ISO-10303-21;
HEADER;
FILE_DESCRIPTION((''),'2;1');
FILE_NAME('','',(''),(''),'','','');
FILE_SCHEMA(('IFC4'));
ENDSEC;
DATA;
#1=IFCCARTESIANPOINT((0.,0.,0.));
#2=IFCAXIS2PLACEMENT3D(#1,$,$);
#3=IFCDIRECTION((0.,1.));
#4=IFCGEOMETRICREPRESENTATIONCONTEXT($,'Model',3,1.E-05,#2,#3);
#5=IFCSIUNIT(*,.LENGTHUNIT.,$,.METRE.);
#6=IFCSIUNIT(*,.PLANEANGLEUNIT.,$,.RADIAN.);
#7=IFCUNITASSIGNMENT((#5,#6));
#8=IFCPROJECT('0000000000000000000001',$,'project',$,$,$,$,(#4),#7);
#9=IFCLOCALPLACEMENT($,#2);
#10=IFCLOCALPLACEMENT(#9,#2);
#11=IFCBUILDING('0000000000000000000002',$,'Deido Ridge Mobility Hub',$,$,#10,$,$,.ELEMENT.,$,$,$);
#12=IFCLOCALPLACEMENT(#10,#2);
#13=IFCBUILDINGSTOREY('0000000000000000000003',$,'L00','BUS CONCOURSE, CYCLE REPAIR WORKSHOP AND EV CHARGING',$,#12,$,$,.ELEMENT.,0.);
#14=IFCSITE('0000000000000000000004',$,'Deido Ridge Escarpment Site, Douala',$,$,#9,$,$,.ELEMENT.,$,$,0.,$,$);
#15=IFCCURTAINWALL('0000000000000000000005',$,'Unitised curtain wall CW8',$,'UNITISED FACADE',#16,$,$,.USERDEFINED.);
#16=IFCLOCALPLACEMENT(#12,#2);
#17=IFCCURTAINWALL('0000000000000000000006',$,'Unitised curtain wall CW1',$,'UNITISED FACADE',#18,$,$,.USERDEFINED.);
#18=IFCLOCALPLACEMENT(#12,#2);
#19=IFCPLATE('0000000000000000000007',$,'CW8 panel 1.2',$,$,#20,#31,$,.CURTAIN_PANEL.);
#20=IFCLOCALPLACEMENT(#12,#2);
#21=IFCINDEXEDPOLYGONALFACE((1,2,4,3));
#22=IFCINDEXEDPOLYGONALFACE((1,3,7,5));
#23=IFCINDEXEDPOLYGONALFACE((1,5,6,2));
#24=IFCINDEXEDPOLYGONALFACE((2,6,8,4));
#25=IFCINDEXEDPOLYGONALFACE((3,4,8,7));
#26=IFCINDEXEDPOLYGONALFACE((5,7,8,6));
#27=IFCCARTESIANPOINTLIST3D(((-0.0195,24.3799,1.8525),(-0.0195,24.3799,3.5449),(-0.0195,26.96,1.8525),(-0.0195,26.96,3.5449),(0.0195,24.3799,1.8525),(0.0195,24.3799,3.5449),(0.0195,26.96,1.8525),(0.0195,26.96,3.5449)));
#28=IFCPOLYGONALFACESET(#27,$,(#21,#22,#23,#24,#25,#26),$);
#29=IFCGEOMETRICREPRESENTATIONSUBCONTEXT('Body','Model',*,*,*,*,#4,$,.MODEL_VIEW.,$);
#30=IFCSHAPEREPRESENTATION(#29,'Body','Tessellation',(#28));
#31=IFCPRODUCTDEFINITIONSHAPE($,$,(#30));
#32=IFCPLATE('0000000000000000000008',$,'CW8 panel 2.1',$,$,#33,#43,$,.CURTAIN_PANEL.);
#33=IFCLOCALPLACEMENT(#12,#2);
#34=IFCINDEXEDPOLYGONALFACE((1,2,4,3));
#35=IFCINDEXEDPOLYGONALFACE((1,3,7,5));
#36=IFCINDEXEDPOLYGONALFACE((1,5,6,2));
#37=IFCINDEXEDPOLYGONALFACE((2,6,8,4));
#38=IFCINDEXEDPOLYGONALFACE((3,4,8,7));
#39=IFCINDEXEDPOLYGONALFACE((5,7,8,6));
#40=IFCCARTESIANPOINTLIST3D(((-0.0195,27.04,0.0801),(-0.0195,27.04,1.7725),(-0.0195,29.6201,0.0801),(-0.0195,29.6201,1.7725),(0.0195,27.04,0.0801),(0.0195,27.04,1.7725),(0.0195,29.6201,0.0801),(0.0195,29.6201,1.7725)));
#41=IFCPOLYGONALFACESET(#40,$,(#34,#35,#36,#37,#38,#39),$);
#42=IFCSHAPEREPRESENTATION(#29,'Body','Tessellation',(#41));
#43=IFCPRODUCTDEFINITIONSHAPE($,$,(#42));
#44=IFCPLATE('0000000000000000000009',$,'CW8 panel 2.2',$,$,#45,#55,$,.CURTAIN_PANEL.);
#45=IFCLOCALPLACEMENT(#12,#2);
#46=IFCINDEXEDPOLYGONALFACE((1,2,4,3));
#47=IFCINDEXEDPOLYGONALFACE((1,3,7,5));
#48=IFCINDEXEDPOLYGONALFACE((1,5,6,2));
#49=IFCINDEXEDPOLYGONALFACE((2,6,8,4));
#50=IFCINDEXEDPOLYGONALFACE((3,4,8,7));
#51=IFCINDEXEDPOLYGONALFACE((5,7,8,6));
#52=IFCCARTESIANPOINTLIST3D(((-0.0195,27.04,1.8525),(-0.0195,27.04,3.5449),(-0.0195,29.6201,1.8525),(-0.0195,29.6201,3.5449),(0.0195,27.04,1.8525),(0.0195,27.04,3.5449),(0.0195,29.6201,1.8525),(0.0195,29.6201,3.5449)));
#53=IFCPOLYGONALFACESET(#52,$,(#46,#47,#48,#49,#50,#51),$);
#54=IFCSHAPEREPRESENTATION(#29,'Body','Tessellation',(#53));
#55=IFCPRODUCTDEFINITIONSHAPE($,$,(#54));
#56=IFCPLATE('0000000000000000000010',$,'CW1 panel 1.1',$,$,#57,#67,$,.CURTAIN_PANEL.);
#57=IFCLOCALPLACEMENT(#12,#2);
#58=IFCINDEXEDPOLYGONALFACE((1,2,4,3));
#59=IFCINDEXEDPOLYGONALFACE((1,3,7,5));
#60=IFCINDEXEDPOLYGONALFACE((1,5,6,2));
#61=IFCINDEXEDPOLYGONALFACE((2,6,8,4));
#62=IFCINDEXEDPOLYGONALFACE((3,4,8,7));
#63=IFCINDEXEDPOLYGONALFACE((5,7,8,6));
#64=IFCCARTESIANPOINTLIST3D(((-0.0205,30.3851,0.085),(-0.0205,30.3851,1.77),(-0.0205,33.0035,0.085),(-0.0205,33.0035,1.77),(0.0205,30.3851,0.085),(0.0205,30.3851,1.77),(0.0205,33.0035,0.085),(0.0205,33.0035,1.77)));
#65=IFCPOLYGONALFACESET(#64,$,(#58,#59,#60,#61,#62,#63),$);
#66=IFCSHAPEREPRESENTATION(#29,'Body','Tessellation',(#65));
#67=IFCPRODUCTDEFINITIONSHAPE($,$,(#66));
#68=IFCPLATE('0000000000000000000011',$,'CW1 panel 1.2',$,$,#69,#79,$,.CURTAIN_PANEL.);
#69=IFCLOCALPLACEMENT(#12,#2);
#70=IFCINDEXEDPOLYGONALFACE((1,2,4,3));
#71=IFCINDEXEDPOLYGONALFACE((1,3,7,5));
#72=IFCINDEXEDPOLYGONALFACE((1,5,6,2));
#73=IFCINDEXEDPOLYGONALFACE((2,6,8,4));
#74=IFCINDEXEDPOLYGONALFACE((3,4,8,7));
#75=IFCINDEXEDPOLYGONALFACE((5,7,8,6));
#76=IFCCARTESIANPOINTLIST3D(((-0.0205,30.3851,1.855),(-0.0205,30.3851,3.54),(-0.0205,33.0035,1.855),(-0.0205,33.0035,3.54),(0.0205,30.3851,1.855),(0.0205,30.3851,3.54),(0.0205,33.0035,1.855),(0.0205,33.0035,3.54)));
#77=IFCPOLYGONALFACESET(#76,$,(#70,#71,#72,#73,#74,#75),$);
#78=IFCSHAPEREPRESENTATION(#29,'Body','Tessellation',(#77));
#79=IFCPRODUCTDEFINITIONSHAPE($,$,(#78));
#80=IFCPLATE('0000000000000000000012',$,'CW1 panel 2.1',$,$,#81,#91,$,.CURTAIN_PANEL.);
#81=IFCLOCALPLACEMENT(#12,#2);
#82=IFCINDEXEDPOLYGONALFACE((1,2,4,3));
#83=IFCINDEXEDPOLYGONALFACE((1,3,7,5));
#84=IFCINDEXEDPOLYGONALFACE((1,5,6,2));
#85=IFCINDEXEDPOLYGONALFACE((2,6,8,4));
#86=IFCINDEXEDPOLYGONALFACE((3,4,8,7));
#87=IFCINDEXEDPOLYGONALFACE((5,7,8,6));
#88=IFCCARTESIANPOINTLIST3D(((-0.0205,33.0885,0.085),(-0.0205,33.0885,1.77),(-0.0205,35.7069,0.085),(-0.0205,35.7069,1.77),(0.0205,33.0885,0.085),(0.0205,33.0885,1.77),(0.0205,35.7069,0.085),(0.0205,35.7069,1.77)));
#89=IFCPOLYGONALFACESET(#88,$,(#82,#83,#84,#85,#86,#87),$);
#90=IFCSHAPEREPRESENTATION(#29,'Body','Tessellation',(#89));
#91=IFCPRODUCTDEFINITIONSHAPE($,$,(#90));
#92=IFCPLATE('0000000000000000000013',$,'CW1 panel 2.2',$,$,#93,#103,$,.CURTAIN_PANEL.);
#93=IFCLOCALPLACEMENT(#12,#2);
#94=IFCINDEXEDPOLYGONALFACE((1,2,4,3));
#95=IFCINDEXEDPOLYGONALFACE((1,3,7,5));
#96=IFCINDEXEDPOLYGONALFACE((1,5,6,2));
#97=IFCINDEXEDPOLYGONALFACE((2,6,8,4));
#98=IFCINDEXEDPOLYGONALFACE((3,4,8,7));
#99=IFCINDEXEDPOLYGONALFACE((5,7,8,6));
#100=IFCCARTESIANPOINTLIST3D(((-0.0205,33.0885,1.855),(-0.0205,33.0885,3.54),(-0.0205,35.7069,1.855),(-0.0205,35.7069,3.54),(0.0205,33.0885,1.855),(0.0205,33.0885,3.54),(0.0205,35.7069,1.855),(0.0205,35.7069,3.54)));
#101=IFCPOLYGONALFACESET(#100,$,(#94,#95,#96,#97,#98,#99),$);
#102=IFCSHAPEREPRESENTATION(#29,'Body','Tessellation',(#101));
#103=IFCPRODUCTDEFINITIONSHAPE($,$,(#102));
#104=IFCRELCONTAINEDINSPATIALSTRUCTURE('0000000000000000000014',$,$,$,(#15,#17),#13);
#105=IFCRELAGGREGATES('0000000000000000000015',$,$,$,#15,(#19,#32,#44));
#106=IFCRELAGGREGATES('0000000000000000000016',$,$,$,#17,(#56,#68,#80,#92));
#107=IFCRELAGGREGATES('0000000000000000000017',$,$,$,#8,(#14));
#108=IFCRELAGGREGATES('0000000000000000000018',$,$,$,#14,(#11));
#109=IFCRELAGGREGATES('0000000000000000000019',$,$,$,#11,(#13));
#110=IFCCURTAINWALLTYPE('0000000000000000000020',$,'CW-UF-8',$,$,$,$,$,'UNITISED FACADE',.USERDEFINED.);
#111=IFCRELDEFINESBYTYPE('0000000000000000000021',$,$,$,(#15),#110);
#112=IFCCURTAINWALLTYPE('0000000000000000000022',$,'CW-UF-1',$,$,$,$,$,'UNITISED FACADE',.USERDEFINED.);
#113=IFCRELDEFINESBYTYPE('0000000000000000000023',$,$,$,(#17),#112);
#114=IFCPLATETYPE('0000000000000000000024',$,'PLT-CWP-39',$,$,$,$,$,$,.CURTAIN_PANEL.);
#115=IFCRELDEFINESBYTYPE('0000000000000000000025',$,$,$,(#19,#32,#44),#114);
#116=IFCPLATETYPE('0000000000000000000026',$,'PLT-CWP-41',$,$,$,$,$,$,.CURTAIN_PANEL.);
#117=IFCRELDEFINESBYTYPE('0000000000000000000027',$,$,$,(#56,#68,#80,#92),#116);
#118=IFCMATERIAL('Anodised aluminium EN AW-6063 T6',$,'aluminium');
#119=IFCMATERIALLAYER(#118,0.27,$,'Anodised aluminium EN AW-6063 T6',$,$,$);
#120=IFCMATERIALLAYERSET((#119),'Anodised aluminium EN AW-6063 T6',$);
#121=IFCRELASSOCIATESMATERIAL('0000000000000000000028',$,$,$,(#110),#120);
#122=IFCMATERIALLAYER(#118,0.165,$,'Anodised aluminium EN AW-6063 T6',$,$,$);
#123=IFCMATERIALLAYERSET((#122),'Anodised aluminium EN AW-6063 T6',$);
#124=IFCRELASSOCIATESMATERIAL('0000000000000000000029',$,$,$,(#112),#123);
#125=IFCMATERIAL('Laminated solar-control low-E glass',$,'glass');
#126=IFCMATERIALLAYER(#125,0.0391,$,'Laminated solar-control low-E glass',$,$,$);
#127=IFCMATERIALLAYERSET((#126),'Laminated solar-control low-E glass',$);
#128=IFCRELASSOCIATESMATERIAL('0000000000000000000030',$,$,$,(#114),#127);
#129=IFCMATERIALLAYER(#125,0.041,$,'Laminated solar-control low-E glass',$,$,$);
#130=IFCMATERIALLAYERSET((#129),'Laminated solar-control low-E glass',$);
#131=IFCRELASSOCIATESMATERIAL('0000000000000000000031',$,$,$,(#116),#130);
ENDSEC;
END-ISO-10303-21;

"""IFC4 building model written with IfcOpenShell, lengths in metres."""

from ifc_helpers import new_model, si_unit, direction, frame, origin, origin_2d, place, context, subcontext, project, spatial, rectangle, extrude, material, layer, layer_set, type_object, element, aggregate, save


model = new_model("IFC4")

# Units and contexts
model_context = context("Model", 3, precision=1e-05, world=origin(), true_north=direction((0.0, 1.0)))
body_context = subcontext(model_context, "Body", "Model", "MODEL_VIEW")
ifc_project = project(units=[si_unit("LENGTHUNIT", "METRE"), si_unit("PLANEANGLEUNIT", "RADIAN")], contexts=[model_context])

# Site, building, storey
site_placement = place(None, origin())
site = spatial("IfcSite", under=ifc_project, at=site_placement, Name="Deido Ridge Escarpment Site, Douala", CompositionType="ELEMENT", RefElevation=0.0)
building_placement = place(site_placement, origin())
building = spatial("IfcBuilding", under=site, at=building_placement, Name="Deido Ridge Mobility Hub", CompositionType="ELEMENT")
storey_placement = place(building_placement, origin())
storey = spatial("IfcBuildingStorey", under=building, at=storey_placement, Name="L00", Description="BUS CONCOURSE, CYCLE REPAIR WORKSHOP AND EV CHARGING", CompositionType="ELEMENT", Elevation=0.0)

# Curtain walls
ifc_material_1 = material(Name="Anodised aluminium EN AW-6063 T6", Category="aluminium")
ifc_layer_1 = layer(ifc_material_1, 0.27, Name="Anodised aluminium EN AW-6063 T6")
ifc_layer_set_1 = layer_set([ifc_layer_1], Name="Anodised aluminium EN AW-6063 T6")
curtain_wall_type_1 = type_object("IfcCurtainWallType", Name="CW-UF-8", ElementType="UNITISED FACADE", PredefinedType="USERDEFINED", material=ifc_layer_set_1)
curtain_wall_1_placement = place(storey_placement, origin())
curtain_wall_1 = element("IfcCurtainWall", 1, at=curtain_wall_1_placement, inside=storey, type_object=curtain_wall_type_1, Name="Unitised curtain wall CW8", ObjectType="UNITISED FACADE", PredefinedType="USERDEFINED")
ifc_layer_2 = layer(ifc_material_1, 0.165, Name="Anodised aluminium EN AW-6063 T6")
ifc_layer_set_2 = layer_set([ifc_layer_2], Name="Anodised aluminium EN AW-6063 T6")
curtain_wall_type_2 = type_object("IfcCurtainWallType", Name="CW-UF-1", ElementType="UNITISED FACADE", PredefinedType="USERDEFINED", material=ifc_layer_set_2)
curtain_wall_2_placement = place(storey_placement, origin())
curtain_wall_2 = element("IfcCurtainWall", 2, at=curtain_wall_2_placement, inside=storey, type_object=curtain_wall_type_2, Name="Unitised curtain wall CW1", ObjectType="UNITISED FACADE", PredefinedType="USERDEFINED")

# Plates
ifc_material_2 = material(Name="Laminated solar-control low-E glass", Category="glass")
ifc_layer_3 = layer(ifc_material_2, 0.0391, Name="Laminated solar-control low-E glass")
ifc_layer_set_3 = layer_set([ifc_layer_3], Name="Laminated solar-control low-E glass")
plate_type_1 = type_object("IfcPlateType", Name="PLT-CWP-39", PredefinedType="CURTAIN_PANEL", material=ifc_layer_set_3)
plate_1_placement = place(storey_placement, frame((0.0, 25.6699, 1.8525), z_axis=(0.0, 0.0, 1.0), x_axis=(0.0, 1.0, 0.0)))
plate_1 = element("IfcPlate", 3, at=plate_1_placement, type_object=plate_type_1, Name="CW8 panel 1.2", PredefinedType="CURTAIN_PANEL", context=body_context, shape_type="SweptSolid", body=[
    extrude(rectangle(XDim=2.5801, YDim=0.0391, at=origin_2d()), origin(), (0.0, 0.0, 1.0), 1.6924),
])
plate_2_placement = place(storey_placement, frame((0.0, 28.3301, 0.0801), z_axis=(0.0, 0.0, 1.0), x_axis=(0.0, 1.0, 0.0)))
plate_2 = element("IfcPlate", 4, at=plate_2_placement, type_object=plate_type_1, Name="CW8 panel 2.1", PredefinedType="CURTAIN_PANEL", context=body_context, shape_type="SweptSolid", body=[
    extrude(rectangle(XDim=2.5801, YDim=0.0391, at=origin_2d()), origin(), (0.0, 0.0, 1.0), 1.6924),
])
plate_3_placement = place(storey_placement, frame((0.0, 28.3301, 1.8525), z_axis=(0.0, 0.0, 1.0), x_axis=(0.0, 1.0, 0.0)))
plate_3 = element("IfcPlate", 5, at=plate_3_placement, type_object=plate_type_1, Name="CW8 panel 2.2", PredefinedType="CURTAIN_PANEL", context=body_context, shape_type="SweptSolid", body=[
    extrude(rectangle(XDim=2.5801, YDim=0.0391, at=origin_2d()), origin(), (0.0, 0.0, 1.0), 1.6924),
])
aggregate(curtain_wall_1, [plate_1, plate_2, plate_3])
ifc_layer_4 = layer(ifc_material_2, 0.041, Name="Laminated solar-control low-E glass")
ifc_layer_set_4 = layer_set([ifc_layer_4], Name="Laminated solar-control low-E glass")
plate_type_2 = type_object("IfcPlateType", Name="PLT-CWP-41", PredefinedType="CURTAIN_PANEL", material=ifc_layer_set_4)
plate_4_placement = place(storey_placement, frame((0.0, 31.6943, 0.085), z_axis=(0.0, 0.0, 1.0), x_axis=(0.0, 1.0, 0.0)))
plate_4 = element("IfcPlate", 6, at=plate_4_placement, type_object=plate_type_2, Name="CW1 panel 1.1", PredefinedType="CURTAIN_PANEL", context=body_context, shape_type="SweptSolid", body=[
    extrude(rectangle(XDim=2.6184, YDim=0.041, at=origin_2d()), origin(), (0.0, 0.0, 1.0), 1.6851),
])
plate_5_placement = place(storey_placement, frame((0.0, 31.6943, 1.855), z_axis=(0.0, 0.0, 1.0), x_axis=(0.0, 1.0, 0.0)))
plate_5 = element("IfcPlate", 7, at=plate_5_placement, type_object=plate_type_2, Name="CW1 panel 1.2", PredefinedType="CURTAIN_PANEL", context=body_context, shape_type="SweptSolid", body=[
    extrude(rectangle(XDim=2.6184, YDim=0.041, at=origin_2d()), origin(), (0.0, 0.0, 1.0), 1.6851),
])
plate_6_placement = place(storey_placement, frame((0.0, 34.3977, 0.085), z_axis=(0.0, 0.0, 1.0), x_axis=(0.0, 1.0, 0.0)))
plate_6 = element("IfcPlate", 8, at=plate_6_placement, type_object=plate_type_2, Name="CW1 panel 2.1", PredefinedType="CURTAIN_PANEL", context=body_context, shape_type="SweptSolid", body=[
    extrude(rectangle(XDim=2.6184, YDim=0.041, at=origin_2d()), origin(), (0.0, 0.0, 1.0), 1.6851),
])
plate_7_placement = place(storey_placement, frame((0.0, 34.3977, 1.855), z_axis=(0.0, 0.0, 1.0), x_axis=(0.0, 1.0, 0.0)))
plate_7 = element("IfcPlate", 9, at=plate_7_placement, type_object=plate_type_2, Name="CW1 panel 2.2", PredefinedType="CURTAIN_PANEL", context=body_context, shape_type="SweptSolid", body=[
    extrude(rectangle(XDim=2.6184, YDim=0.041, at=origin_2d()), origin(), (0.0, 0.0, 1.0), 1.6851),
])
aggregate(curtain_wall_2, [plate_4, plate_5, plate_6, plate_7])

save(model, "model.ifc")
